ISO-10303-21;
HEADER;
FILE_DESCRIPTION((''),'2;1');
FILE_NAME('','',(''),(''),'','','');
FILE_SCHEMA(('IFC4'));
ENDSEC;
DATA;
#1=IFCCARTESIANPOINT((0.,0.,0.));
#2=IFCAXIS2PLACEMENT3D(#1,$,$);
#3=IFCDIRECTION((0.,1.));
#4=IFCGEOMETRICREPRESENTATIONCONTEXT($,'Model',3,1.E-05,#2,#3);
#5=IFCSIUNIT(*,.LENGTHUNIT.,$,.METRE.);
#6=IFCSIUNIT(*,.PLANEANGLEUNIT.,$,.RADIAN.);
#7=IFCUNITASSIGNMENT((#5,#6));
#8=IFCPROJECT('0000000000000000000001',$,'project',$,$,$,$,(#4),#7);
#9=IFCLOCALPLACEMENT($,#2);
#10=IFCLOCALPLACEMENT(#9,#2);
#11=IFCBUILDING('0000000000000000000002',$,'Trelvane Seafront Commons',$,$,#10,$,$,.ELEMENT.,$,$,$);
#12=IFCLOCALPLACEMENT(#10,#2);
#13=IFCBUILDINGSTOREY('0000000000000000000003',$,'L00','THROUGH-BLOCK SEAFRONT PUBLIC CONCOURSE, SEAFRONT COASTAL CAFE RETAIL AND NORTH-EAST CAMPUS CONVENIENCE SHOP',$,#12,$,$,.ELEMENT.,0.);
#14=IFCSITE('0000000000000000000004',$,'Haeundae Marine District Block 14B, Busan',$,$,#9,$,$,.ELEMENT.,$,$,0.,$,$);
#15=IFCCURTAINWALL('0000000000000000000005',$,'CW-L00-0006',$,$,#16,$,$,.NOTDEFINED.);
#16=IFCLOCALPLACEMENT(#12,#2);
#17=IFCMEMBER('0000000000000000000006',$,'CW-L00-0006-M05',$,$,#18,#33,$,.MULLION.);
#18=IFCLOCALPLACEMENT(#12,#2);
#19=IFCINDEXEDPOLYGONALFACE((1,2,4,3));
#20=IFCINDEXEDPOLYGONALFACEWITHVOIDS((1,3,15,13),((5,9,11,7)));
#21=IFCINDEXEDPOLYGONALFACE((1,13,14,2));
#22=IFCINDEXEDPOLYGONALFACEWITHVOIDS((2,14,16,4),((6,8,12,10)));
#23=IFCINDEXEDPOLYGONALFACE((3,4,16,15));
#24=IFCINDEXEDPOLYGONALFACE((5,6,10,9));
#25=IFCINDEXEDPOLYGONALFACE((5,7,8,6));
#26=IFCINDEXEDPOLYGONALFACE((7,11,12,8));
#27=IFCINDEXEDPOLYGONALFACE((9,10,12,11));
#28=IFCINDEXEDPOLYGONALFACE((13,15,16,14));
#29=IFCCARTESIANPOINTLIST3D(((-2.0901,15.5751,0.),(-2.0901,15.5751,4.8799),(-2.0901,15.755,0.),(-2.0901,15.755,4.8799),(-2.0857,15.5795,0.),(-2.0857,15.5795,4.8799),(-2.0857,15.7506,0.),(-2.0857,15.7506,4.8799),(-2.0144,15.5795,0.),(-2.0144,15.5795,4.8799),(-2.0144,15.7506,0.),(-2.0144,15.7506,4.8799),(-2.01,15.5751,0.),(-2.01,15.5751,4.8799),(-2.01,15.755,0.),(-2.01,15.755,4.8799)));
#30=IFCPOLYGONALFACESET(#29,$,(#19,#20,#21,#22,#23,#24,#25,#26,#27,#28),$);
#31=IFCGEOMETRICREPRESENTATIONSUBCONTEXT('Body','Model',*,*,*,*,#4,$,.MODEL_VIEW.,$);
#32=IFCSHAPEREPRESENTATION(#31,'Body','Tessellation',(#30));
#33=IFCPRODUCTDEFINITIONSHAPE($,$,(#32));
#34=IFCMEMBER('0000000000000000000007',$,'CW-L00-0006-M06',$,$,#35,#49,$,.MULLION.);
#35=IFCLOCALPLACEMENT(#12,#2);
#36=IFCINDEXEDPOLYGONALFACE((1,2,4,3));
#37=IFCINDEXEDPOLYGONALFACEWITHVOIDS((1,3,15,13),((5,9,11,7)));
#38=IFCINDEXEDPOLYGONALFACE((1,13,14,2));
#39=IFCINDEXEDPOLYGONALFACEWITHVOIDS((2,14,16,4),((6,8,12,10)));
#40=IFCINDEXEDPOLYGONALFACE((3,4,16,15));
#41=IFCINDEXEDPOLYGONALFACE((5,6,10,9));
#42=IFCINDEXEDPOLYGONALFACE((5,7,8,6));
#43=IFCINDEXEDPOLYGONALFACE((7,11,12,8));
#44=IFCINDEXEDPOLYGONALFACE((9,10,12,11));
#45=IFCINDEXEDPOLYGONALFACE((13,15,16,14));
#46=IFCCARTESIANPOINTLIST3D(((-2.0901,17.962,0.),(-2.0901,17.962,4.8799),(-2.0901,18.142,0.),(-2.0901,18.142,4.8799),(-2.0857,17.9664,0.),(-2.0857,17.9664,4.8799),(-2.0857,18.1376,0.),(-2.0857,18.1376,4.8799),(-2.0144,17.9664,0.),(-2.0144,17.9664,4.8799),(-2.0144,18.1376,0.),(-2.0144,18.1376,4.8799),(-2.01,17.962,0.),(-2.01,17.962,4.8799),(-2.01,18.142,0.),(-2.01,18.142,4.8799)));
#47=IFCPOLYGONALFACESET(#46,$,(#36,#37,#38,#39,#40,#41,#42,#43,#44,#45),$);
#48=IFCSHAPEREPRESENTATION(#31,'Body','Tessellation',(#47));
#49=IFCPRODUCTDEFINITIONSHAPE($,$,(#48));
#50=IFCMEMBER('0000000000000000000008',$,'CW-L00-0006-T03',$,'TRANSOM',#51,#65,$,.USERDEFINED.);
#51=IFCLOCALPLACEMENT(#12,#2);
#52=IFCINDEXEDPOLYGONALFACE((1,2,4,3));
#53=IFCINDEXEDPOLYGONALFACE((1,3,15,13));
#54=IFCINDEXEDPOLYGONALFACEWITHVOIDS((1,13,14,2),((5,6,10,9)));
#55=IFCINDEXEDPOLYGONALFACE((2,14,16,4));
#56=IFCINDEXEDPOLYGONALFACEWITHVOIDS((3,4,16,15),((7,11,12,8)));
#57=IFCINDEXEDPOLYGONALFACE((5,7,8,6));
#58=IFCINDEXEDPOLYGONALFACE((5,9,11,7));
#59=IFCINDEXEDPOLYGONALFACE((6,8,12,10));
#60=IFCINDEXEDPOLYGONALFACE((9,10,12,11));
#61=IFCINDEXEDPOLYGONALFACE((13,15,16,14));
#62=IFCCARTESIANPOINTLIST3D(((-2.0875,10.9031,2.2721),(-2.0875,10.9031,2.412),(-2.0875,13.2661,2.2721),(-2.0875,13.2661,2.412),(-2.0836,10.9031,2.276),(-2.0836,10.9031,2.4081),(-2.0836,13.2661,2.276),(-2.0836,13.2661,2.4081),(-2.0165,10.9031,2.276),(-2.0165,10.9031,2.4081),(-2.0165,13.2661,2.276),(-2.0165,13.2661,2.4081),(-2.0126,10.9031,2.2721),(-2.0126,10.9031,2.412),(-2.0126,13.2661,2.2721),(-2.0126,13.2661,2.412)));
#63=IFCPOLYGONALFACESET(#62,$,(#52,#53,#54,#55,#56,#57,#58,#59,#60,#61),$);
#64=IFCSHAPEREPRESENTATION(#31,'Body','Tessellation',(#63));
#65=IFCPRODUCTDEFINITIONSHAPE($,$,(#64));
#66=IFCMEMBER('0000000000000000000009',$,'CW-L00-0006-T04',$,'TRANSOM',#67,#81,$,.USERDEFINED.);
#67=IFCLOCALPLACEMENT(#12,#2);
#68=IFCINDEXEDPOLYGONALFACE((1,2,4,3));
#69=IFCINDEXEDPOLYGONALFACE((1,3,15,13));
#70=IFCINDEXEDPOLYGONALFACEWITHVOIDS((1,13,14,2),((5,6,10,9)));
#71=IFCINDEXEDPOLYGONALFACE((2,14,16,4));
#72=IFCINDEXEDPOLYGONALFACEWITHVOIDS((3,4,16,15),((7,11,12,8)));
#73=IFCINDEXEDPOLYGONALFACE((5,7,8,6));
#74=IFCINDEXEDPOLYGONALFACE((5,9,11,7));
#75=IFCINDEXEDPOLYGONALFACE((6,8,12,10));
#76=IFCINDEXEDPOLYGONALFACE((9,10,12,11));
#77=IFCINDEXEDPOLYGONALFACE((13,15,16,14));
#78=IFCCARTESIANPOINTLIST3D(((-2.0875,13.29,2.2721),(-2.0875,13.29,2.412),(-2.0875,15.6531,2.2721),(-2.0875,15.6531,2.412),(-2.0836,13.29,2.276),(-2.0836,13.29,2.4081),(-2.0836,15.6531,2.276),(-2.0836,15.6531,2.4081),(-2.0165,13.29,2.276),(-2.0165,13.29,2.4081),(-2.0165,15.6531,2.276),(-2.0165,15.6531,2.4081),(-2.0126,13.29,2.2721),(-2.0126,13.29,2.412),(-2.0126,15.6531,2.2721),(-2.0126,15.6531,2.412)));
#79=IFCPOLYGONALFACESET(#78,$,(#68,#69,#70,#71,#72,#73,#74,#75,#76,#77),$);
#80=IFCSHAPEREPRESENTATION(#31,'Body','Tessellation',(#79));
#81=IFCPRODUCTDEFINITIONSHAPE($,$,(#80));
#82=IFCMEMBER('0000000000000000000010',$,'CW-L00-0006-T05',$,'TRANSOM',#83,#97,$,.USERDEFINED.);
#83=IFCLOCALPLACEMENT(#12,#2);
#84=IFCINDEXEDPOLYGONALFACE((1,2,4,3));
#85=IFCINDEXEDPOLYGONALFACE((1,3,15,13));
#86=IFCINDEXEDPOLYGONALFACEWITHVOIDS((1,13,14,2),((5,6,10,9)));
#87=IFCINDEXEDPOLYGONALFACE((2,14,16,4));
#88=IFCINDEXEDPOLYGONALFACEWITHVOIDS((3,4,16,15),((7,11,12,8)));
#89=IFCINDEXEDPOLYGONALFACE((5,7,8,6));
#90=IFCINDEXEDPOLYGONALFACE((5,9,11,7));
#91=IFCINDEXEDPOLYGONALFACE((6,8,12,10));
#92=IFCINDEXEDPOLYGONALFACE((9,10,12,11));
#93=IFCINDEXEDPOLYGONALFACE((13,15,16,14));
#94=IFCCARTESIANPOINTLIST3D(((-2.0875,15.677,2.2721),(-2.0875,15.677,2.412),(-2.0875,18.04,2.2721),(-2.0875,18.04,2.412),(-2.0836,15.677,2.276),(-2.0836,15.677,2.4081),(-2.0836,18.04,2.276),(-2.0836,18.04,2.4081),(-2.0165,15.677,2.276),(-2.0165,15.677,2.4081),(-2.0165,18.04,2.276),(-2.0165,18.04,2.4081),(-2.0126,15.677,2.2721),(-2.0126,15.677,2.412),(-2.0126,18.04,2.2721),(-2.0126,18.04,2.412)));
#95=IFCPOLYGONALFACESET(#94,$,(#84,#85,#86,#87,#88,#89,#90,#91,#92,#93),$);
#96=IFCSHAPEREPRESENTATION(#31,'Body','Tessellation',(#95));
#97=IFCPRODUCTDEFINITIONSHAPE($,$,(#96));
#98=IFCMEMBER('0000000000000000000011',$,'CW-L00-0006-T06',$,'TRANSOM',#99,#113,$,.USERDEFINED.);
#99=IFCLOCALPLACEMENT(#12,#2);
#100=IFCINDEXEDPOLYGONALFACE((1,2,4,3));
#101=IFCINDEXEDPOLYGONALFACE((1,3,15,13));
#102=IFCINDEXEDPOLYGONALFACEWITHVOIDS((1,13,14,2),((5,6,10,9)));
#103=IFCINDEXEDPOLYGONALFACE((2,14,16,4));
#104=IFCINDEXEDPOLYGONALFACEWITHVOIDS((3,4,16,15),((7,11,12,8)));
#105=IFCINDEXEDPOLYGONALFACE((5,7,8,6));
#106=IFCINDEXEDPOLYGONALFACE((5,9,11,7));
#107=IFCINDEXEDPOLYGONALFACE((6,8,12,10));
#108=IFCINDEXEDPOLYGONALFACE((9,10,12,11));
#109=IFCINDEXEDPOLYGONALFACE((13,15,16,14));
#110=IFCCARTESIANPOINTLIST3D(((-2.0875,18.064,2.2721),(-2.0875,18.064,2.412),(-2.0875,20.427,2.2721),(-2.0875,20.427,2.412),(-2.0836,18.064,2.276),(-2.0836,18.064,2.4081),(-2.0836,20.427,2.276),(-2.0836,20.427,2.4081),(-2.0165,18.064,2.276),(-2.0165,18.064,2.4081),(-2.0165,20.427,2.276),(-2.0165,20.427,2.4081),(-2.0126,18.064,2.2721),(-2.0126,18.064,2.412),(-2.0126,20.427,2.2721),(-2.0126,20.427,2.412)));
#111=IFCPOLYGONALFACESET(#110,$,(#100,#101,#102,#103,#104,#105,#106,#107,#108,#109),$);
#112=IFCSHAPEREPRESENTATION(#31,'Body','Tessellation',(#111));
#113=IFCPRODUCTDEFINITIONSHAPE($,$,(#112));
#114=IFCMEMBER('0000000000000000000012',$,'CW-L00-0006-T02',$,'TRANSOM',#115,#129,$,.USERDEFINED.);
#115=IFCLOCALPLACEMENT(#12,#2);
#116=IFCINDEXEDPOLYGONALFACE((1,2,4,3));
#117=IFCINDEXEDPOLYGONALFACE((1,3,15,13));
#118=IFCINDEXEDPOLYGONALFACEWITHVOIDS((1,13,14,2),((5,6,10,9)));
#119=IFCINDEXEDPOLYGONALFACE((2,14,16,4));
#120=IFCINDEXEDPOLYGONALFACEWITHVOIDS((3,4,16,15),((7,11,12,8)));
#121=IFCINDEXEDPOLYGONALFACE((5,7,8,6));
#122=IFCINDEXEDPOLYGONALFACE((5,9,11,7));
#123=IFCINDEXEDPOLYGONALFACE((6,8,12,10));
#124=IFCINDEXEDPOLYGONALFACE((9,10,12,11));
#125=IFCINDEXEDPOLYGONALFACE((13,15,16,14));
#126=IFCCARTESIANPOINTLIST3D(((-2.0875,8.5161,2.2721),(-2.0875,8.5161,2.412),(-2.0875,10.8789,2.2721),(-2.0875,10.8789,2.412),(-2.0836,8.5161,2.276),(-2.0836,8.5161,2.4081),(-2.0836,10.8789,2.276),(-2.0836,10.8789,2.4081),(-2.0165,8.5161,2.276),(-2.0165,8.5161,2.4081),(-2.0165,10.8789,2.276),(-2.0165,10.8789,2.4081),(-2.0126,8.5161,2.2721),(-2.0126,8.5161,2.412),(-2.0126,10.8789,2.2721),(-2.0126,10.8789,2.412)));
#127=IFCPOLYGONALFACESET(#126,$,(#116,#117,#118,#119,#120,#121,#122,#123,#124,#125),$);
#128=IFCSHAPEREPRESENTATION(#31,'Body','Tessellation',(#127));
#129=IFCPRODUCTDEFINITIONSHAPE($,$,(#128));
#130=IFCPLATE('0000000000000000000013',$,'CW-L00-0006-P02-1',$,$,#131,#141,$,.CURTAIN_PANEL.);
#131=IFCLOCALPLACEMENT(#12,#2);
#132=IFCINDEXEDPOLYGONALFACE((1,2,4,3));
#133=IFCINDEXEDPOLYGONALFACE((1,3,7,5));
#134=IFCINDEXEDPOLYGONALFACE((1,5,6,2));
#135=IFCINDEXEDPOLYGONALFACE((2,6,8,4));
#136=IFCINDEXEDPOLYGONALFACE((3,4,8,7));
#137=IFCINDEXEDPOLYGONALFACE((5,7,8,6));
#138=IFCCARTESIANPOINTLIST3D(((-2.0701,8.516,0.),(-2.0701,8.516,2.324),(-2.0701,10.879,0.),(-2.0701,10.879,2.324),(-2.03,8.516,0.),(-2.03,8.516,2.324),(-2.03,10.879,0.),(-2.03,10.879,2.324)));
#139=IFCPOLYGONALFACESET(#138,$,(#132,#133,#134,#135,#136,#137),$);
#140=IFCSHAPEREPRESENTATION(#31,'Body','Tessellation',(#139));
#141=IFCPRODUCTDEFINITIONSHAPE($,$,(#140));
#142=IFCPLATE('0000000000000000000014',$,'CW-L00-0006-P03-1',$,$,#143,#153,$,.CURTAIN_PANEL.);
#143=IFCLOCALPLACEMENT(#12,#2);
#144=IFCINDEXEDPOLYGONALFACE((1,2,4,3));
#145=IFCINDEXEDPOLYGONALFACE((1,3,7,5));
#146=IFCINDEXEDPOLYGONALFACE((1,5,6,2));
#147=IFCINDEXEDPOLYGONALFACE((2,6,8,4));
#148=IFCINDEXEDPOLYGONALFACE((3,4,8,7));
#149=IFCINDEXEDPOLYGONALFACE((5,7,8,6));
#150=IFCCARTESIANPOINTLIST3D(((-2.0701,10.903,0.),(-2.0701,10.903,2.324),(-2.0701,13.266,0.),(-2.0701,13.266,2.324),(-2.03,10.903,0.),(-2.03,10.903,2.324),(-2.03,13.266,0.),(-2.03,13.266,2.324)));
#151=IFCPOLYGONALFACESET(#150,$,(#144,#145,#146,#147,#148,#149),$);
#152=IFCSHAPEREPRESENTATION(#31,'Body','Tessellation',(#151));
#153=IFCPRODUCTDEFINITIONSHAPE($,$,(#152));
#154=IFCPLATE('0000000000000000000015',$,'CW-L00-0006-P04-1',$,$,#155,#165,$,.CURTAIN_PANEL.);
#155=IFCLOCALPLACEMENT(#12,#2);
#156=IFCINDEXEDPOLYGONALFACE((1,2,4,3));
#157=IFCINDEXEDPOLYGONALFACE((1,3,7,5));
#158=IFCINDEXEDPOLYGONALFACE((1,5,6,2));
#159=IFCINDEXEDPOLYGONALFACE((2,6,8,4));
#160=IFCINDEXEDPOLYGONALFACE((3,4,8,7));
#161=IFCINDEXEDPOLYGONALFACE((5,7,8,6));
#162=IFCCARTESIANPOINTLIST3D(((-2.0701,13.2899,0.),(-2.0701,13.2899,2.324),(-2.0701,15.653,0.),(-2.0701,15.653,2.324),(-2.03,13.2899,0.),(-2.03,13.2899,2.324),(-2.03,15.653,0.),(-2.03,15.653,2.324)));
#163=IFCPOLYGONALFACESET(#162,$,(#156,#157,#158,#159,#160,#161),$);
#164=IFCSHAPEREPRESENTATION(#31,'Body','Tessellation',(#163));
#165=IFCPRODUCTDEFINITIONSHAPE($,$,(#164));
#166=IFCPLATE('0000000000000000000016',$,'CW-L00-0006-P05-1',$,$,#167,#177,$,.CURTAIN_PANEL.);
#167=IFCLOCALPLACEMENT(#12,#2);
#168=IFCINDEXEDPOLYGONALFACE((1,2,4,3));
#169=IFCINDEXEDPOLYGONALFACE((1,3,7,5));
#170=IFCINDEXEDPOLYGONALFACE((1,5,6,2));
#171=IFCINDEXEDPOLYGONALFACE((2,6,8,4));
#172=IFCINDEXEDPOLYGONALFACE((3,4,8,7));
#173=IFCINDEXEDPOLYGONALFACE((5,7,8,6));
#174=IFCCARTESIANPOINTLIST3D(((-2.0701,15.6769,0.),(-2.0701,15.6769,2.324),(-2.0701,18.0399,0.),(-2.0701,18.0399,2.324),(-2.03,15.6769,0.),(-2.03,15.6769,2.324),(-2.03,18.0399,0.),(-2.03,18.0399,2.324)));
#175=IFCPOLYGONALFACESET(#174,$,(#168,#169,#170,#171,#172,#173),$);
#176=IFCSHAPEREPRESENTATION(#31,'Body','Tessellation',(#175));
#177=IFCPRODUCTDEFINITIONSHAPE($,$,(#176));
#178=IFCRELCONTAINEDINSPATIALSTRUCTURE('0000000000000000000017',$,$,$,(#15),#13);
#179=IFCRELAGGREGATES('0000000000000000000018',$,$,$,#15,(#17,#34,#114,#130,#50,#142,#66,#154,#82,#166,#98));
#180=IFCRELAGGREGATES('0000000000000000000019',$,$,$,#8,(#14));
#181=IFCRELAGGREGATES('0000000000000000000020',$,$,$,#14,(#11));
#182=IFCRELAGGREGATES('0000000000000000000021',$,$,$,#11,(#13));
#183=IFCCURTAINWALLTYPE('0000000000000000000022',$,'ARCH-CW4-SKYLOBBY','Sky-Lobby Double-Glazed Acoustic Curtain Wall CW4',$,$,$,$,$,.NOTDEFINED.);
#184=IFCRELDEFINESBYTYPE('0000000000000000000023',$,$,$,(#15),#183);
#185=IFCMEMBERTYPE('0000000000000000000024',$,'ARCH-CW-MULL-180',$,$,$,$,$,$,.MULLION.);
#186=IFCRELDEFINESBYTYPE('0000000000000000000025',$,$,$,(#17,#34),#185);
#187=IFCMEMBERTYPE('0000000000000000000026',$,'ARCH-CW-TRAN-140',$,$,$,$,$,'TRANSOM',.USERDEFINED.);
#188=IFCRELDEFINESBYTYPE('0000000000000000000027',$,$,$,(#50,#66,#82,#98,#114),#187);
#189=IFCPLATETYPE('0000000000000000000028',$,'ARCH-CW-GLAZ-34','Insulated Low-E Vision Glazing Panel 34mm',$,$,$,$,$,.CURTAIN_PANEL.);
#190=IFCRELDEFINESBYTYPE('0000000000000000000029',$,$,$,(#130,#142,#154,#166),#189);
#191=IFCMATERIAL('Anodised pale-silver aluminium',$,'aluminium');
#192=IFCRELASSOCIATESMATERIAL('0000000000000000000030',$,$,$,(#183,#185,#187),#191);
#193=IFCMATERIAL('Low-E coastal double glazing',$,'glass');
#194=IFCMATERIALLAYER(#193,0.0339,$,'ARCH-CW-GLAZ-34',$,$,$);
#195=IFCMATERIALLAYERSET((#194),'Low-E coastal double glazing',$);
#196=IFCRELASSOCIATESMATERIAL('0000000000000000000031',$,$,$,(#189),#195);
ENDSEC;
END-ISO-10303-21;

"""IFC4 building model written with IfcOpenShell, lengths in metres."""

from ifc_helpers import new_model, si_unit, direction, frame, origin, origin_2d, place, context, subcontext, project, spatial, rectangle, hollow_rectangle, extrude, source, transform, mapped, material, layer, layer_set, material_profile, profile_set, type_object, element, aggregate, save


model = new_model("IFC4")

# Units and contexts
model_context = context("Model", 3, precision=1e-05, world=origin(), true_north=direction((0.0, 1.0)))
body_context = subcontext(model_context, "Body", "Model", "MODEL_VIEW")
ifc_project = project(units=[si_unit("LENGTHUNIT", "METRE"), si_unit("PLANEANGLEUNIT", "RADIAN")], contexts=[model_context])

# Site, building, storey
site_placement = place(None, origin())
site = spatial("IfcSite", under=ifc_project, at=site_placement, Name="Haeundae Marine District Block 14B, Busan", CompositionType="ELEMENT", RefElevation=0.0)
building_placement = place(site_placement, origin())
building = spatial("IfcBuilding", under=site, at=building_placement, Name="Trelvane Seafront Commons", CompositionType="ELEMENT")
storey_placement = place(building_placement, origin())
storey = spatial("IfcBuildingStorey", under=building, at=storey_placement, Name="L00", Description="THROUGH-BLOCK SEAFRONT PUBLIC CONCOURSE, SEAFRONT COASTAL CAFE RETAIL AND NORTH-EAST CAMPUS CONVENIENCE SHOP", CompositionType="ELEMENT", Elevation=0.0)

# Curtain wall, members, plates
ifc_material_1 = material(Name="Anodised pale-silver aluminium", Category="aluminium")
curtain_wall_type = type_object("IfcCurtainWallType", Name="ARCH-CW4-SKYLOBBY", Description="Sky-Lobby Double-Glazed Acoustic Curtain Wall CW4", PredefinedType="NOTDEFINED", material=ifc_material_1)
curtain_wall_placement = place(storey_placement, origin())
curtain_wall = element("IfcCurtainWall", 1, at=curtain_wall_placement, inside=storey, type_object=curtain_wall_type, Name="CW-L00-0006", PredefinedType="NOTDEFINED")
ifc_material_profile_1 = material_profile(ifc_material_1, hollow_rectangle(XDim=0.0801, YDim=0.1799, WallThickness=0.0044, at=origin_2d()), Name="MULL-80x180x4.5")
ifc_profile_set_1 = profile_set([ifc_material_profile_1], Name="Anodised pale-silver aluminium")
member_type_1 = type_object("IfcMemberType", Name="ARCH-CW-MULL-180", PredefinedType="MULLION", material=ifc_profile_set_1)
shared_shape_1 = source(origin(), body_context, "Body", "SweptSolid", [
    extrude(hollow_rectangle(XDim=0.0801, YDim=0.1799, WallThickness=0.0044, at=origin_2d()), origin(), (0.0, 0.0, 1.0), 4.8799),
])
member_1_placement = place(storey_placement, frame((-2.05, 15.665, 0.0), z_axis=(0.0, 0.0, 1.0), x_axis=(1.0, 0.0, 0.0)))
member_1 = element("IfcMember", 2, at=member_1_placement, type_object=member_type_1, Name="CW-L00-0006-M05", PredefinedType="MULLION", context=body_context, shape_type="MappedRepresentation", body=[
    mapped(shared_shape_1, transform((0.0, 0.0, 0.0), x_axis=(1.0, 0.0, 0.0), y_axis=(0.0, 1.0, 0.0), z_axis=(0.0, 0.0, 1.0), scale=1.0)),
])
member_2_placement = place(storey_placement, frame((-2.05, 18.052, 0.0), z_axis=(0.0, 0.0, 1.0), x_axis=(1.0, 0.0, 0.0)))
member_2 = element("IfcMember", 3, at=member_2_placement, type_object=member_type_1, Name="CW-L00-0006-M06", PredefinedType="MULLION", context=body_context, shape_type="MappedRepresentation", body=[
    mapped(shared_shape_1, transform((0.0, 0.0, 0.0), x_axis=(1.0, 0.0, 0.0), y_axis=(0.0, 1.0, 0.0), z_axis=(0.0, 0.0, 1.0), scale=1.0)),
])
ifc_material_profile_2 = material_profile(ifc_material_1, hollow_rectangle(XDim=0.075, YDim=0.1399, WallThickness=0.0039, at=origin_2d()), Name="TRAN-75x140x4")
ifc_profile_set_2 = profile_set([ifc_material_profile_2], Name="Anodised pale-silver aluminium")
member_type_2 = type_object("IfcMemberType", Name="ARCH-CW-TRAN-140", ElementType="TRANSOM", PredefinedType="USERDEFINED", material=ifc_profile_set_2)
shared_shape_2 = source(origin(), body_context, "Body", "SweptSolid", [
    extrude(hollow_rectangle(XDim=0.075, YDim=0.1399, WallThickness=0.0039, at=origin_2d()), origin(), (0.0, 0.0, 1.0), 2.363),
])
member_3_placement = place(storey_placement, frame((-2.05, 10.9031, 2.342), z_axis=(0.0, 1.0, 0.0), x_axis=(-1.0, 0.0, 0.0)))
member_3 = element("IfcMember", 4, at=member_3_placement, type_object=member_type_2, Name="CW-L00-0006-T03", ObjectType="TRANSOM", PredefinedType="USERDEFINED", context=body_context, shape_type="MappedRepresentation", body=[
    mapped(shared_shape_2, transform((0.0, 0.0, 0.0), x_axis=(1.0, 0.0, 0.0), y_axis=(0.0, 1.0, 0.0), z_axis=(0.0, 0.0, 1.0), scale=1.0)),
])
member_4_placement = place(storey_placement, frame((-2.05, 13.29, 2.342), z_axis=(0.0, 1.0, 0.0), x_axis=(-1.0, 0.0, 0.0)))
member_4 = element("IfcMember", 5, at=member_4_placement, type_object=member_type_2, Name="CW-L00-0006-T04", ObjectType="TRANSOM", PredefinedType="USERDEFINED", context=body_context, shape_type="MappedRepresentation", body=[
    mapped(shared_shape_2, transform((0.0, 0.0, 0.0), x_axis=(1.0, 0.0, 0.0), y_axis=(0.0, 1.0, 0.0), z_axis=(0.0, 0.0, 1.0), scale=1.0)),
])
member_5_placement = place(storey_placement, frame((-2.05, 15.677, 2.342), z_axis=(0.0, 1.0, 0.0), x_axis=(-1.0, 0.0, 0.0)))
member_5 = element("IfcMember", 6, at=member_5_placement, type_object=member_type_2, Name="CW-L00-0006-T05", ObjectType="TRANSOM", PredefinedType="USERDEFINED", context=body_context, shape_type="MappedRepresentation", body=[
    mapped(shared_shape_2, transform((0.0, 0.0, 0.0), x_axis=(1.0, 0.0, 0.0), y_axis=(0.0, 1.0, 0.0), z_axis=(0.0, 0.0, 1.0), scale=1.0)),
])
member_6_placement = place(storey_placement, frame((-2.05, 18.064, 2.342), z_axis=(0.0, 1.0, 0.0), x_axis=(-1.0, 0.0, 0.0)))
member_6 = element("IfcMember", 7, at=member_6_placement, type_object=member_type_2, Name="CW-L00-0006-T06", ObjectType="TRANSOM", PredefinedType="USERDEFINED", context=body_context, shape_type="MappedRepresentation", body=[
    mapped(shared_shape_2, transform((0.0, 0.0, 0.0), x_axis=(1.0, 0.0, 0.0), y_axis=(0.0, 1.0, 0.0), z_axis=(0.0, 0.0, 1.0), scale=1.0)),
])
shared_shape_3 = source(origin(), body_context, "Body", "SweptSolid", [
    extrude(hollow_rectangle(XDim=0.075, YDim=0.1399, WallThickness=0.0039, at=origin_2d()), origin(), (0.0, 0.0, 1.0), 2.3628),
])
member_7_placement = place(storey_placement, frame((-2.05, 8.5161, 2.342), z_axis=(0.0, 1.0, 0.0), x_axis=(-1.0, 0.0, 0.0)))
member_7 = element("IfcMember", 8, at=member_7_placement, type_object=member_type_2, Name="CW-L00-0006-T02", ObjectType="TRANSOM", PredefinedType="USERDEFINED", context=body_context, shape_type="MappedRepresentation", body=[
    mapped(shared_shape_3, transform((0.0, 0.0, 0.0), x_axis=(1.0, 0.0, 0.0), y_axis=(0.0, 1.0, 0.0), z_axis=(0.0, 0.0, 1.0), scale=1.0)),
])
ifc_material_2 = material(Name="Low-E coastal double glazing", Category="glass")
ifc_layer_1 = layer(ifc_material_2, 0.0339, Name="ARCH-CW-GLAZ-34")
ifc_layer_set_1 = layer_set([ifc_layer_1], Name="Low-E coastal double glazing")
plate_type = type_object("IfcPlateType", Name="ARCH-CW-GLAZ-34", Description="Insulated Low-E Vision Glazing Panel 34mm", PredefinedType="CURTAIN_PANEL", material=ifc_layer_set_1)
shared_shape_4 = source(origin(), body_context, "Body", "SweptSolid", [
    extrude(rectangle(XDim=2.363, YDim=0.04, at=origin_2d()), origin(), (0.0, 0.0, 1.0), 2.324),
])
plate_1_placement = place(storey_placement, frame((-2.05, 9.6975, 0.0), z_axis=(0.0, 0.0, 1.0), x_axis=(0.0, 1.0, 0.0)))
plate_1 = element("IfcPlate", 9, at=plate_1_placement, type_object=plate_type, Name="CW-L00-0006-P02-1", PredefinedType="CURTAIN_PANEL", context=body_context, shape_type="MappedRepresentation", body=[
    mapped(shared_shape_4, transform((0.0, 0.0, 0.0), x_axis=(1.0, 0.0, 0.0), y_axis=(0.0, 1.0, 0.0), z_axis=(0.0, 0.0, 1.0), scale=1.0)),
])
plate_2_placement = place(storey_placement, frame((-2.05, 12.0845, 0.0), z_axis=(0.0, 0.0, 1.0), x_axis=(0.0, 1.0, 0.0)))
plate_2 = element("IfcPlate", 10, at=plate_2_placement, type_object=plate_type, Name="CW-L00-0006-P03-1", PredefinedType="CURTAIN_PANEL", context=body_context, shape_type="MappedRepresentation", body=[
    mapped(shared_shape_4, transform((0.0, 0.0, 0.0), x_axis=(1.0, 0.0, 0.0), y_axis=(0.0, 1.0, 0.0), z_axis=(0.0, 0.0, 1.0), scale=1.0)),
])
plate_3_placement = place(storey_placement, frame((-2.05, 14.4714, 0.0), z_axis=(0.0, 0.0, 1.0), x_axis=(0.0, 1.0, 0.0)))
plate_3 = element("IfcPlate", 11, at=plate_3_placement, type_object=plate_type, Name="CW-L00-0006-P04-1", PredefinedType="CURTAIN_PANEL", context=body_context, shape_type="MappedRepresentation", body=[
    mapped(shared_shape_4, transform((0.0, 0.0, 0.0), x_axis=(1.0, 0.0, 0.0), y_axis=(0.0, 1.0, 0.0), z_axis=(0.0, 0.0, 1.0), scale=1.0)),
])
plate_4_placement = place(storey_placement, frame((-2.05, 16.8584, 0.0), z_axis=(0.0, 0.0, 1.0), x_axis=(0.0, 1.0, 0.0)))
plate_4 = element("IfcPlate", 12, at=plate_4_placement, type_object=plate_type, Name="CW-L00-0006-P05-1", PredefinedType="CURTAIN_PANEL", context=body_context, shape_type="MappedRepresentation", body=[
    mapped(shared_shape_4, transform((0.0, 0.0, 0.0), x_axis=(1.0, 0.0, 0.0), y_axis=(0.0, 1.0, 0.0), z_axis=(0.0, 0.0, 1.0), scale=1.0)),
])
aggregate(curtain_wall, [member_1, member_2, member_7, plate_1, member_3, plate_2, member_4, plate_3, member_5, plate_4, member_6])

save(model, "model.ifc")
